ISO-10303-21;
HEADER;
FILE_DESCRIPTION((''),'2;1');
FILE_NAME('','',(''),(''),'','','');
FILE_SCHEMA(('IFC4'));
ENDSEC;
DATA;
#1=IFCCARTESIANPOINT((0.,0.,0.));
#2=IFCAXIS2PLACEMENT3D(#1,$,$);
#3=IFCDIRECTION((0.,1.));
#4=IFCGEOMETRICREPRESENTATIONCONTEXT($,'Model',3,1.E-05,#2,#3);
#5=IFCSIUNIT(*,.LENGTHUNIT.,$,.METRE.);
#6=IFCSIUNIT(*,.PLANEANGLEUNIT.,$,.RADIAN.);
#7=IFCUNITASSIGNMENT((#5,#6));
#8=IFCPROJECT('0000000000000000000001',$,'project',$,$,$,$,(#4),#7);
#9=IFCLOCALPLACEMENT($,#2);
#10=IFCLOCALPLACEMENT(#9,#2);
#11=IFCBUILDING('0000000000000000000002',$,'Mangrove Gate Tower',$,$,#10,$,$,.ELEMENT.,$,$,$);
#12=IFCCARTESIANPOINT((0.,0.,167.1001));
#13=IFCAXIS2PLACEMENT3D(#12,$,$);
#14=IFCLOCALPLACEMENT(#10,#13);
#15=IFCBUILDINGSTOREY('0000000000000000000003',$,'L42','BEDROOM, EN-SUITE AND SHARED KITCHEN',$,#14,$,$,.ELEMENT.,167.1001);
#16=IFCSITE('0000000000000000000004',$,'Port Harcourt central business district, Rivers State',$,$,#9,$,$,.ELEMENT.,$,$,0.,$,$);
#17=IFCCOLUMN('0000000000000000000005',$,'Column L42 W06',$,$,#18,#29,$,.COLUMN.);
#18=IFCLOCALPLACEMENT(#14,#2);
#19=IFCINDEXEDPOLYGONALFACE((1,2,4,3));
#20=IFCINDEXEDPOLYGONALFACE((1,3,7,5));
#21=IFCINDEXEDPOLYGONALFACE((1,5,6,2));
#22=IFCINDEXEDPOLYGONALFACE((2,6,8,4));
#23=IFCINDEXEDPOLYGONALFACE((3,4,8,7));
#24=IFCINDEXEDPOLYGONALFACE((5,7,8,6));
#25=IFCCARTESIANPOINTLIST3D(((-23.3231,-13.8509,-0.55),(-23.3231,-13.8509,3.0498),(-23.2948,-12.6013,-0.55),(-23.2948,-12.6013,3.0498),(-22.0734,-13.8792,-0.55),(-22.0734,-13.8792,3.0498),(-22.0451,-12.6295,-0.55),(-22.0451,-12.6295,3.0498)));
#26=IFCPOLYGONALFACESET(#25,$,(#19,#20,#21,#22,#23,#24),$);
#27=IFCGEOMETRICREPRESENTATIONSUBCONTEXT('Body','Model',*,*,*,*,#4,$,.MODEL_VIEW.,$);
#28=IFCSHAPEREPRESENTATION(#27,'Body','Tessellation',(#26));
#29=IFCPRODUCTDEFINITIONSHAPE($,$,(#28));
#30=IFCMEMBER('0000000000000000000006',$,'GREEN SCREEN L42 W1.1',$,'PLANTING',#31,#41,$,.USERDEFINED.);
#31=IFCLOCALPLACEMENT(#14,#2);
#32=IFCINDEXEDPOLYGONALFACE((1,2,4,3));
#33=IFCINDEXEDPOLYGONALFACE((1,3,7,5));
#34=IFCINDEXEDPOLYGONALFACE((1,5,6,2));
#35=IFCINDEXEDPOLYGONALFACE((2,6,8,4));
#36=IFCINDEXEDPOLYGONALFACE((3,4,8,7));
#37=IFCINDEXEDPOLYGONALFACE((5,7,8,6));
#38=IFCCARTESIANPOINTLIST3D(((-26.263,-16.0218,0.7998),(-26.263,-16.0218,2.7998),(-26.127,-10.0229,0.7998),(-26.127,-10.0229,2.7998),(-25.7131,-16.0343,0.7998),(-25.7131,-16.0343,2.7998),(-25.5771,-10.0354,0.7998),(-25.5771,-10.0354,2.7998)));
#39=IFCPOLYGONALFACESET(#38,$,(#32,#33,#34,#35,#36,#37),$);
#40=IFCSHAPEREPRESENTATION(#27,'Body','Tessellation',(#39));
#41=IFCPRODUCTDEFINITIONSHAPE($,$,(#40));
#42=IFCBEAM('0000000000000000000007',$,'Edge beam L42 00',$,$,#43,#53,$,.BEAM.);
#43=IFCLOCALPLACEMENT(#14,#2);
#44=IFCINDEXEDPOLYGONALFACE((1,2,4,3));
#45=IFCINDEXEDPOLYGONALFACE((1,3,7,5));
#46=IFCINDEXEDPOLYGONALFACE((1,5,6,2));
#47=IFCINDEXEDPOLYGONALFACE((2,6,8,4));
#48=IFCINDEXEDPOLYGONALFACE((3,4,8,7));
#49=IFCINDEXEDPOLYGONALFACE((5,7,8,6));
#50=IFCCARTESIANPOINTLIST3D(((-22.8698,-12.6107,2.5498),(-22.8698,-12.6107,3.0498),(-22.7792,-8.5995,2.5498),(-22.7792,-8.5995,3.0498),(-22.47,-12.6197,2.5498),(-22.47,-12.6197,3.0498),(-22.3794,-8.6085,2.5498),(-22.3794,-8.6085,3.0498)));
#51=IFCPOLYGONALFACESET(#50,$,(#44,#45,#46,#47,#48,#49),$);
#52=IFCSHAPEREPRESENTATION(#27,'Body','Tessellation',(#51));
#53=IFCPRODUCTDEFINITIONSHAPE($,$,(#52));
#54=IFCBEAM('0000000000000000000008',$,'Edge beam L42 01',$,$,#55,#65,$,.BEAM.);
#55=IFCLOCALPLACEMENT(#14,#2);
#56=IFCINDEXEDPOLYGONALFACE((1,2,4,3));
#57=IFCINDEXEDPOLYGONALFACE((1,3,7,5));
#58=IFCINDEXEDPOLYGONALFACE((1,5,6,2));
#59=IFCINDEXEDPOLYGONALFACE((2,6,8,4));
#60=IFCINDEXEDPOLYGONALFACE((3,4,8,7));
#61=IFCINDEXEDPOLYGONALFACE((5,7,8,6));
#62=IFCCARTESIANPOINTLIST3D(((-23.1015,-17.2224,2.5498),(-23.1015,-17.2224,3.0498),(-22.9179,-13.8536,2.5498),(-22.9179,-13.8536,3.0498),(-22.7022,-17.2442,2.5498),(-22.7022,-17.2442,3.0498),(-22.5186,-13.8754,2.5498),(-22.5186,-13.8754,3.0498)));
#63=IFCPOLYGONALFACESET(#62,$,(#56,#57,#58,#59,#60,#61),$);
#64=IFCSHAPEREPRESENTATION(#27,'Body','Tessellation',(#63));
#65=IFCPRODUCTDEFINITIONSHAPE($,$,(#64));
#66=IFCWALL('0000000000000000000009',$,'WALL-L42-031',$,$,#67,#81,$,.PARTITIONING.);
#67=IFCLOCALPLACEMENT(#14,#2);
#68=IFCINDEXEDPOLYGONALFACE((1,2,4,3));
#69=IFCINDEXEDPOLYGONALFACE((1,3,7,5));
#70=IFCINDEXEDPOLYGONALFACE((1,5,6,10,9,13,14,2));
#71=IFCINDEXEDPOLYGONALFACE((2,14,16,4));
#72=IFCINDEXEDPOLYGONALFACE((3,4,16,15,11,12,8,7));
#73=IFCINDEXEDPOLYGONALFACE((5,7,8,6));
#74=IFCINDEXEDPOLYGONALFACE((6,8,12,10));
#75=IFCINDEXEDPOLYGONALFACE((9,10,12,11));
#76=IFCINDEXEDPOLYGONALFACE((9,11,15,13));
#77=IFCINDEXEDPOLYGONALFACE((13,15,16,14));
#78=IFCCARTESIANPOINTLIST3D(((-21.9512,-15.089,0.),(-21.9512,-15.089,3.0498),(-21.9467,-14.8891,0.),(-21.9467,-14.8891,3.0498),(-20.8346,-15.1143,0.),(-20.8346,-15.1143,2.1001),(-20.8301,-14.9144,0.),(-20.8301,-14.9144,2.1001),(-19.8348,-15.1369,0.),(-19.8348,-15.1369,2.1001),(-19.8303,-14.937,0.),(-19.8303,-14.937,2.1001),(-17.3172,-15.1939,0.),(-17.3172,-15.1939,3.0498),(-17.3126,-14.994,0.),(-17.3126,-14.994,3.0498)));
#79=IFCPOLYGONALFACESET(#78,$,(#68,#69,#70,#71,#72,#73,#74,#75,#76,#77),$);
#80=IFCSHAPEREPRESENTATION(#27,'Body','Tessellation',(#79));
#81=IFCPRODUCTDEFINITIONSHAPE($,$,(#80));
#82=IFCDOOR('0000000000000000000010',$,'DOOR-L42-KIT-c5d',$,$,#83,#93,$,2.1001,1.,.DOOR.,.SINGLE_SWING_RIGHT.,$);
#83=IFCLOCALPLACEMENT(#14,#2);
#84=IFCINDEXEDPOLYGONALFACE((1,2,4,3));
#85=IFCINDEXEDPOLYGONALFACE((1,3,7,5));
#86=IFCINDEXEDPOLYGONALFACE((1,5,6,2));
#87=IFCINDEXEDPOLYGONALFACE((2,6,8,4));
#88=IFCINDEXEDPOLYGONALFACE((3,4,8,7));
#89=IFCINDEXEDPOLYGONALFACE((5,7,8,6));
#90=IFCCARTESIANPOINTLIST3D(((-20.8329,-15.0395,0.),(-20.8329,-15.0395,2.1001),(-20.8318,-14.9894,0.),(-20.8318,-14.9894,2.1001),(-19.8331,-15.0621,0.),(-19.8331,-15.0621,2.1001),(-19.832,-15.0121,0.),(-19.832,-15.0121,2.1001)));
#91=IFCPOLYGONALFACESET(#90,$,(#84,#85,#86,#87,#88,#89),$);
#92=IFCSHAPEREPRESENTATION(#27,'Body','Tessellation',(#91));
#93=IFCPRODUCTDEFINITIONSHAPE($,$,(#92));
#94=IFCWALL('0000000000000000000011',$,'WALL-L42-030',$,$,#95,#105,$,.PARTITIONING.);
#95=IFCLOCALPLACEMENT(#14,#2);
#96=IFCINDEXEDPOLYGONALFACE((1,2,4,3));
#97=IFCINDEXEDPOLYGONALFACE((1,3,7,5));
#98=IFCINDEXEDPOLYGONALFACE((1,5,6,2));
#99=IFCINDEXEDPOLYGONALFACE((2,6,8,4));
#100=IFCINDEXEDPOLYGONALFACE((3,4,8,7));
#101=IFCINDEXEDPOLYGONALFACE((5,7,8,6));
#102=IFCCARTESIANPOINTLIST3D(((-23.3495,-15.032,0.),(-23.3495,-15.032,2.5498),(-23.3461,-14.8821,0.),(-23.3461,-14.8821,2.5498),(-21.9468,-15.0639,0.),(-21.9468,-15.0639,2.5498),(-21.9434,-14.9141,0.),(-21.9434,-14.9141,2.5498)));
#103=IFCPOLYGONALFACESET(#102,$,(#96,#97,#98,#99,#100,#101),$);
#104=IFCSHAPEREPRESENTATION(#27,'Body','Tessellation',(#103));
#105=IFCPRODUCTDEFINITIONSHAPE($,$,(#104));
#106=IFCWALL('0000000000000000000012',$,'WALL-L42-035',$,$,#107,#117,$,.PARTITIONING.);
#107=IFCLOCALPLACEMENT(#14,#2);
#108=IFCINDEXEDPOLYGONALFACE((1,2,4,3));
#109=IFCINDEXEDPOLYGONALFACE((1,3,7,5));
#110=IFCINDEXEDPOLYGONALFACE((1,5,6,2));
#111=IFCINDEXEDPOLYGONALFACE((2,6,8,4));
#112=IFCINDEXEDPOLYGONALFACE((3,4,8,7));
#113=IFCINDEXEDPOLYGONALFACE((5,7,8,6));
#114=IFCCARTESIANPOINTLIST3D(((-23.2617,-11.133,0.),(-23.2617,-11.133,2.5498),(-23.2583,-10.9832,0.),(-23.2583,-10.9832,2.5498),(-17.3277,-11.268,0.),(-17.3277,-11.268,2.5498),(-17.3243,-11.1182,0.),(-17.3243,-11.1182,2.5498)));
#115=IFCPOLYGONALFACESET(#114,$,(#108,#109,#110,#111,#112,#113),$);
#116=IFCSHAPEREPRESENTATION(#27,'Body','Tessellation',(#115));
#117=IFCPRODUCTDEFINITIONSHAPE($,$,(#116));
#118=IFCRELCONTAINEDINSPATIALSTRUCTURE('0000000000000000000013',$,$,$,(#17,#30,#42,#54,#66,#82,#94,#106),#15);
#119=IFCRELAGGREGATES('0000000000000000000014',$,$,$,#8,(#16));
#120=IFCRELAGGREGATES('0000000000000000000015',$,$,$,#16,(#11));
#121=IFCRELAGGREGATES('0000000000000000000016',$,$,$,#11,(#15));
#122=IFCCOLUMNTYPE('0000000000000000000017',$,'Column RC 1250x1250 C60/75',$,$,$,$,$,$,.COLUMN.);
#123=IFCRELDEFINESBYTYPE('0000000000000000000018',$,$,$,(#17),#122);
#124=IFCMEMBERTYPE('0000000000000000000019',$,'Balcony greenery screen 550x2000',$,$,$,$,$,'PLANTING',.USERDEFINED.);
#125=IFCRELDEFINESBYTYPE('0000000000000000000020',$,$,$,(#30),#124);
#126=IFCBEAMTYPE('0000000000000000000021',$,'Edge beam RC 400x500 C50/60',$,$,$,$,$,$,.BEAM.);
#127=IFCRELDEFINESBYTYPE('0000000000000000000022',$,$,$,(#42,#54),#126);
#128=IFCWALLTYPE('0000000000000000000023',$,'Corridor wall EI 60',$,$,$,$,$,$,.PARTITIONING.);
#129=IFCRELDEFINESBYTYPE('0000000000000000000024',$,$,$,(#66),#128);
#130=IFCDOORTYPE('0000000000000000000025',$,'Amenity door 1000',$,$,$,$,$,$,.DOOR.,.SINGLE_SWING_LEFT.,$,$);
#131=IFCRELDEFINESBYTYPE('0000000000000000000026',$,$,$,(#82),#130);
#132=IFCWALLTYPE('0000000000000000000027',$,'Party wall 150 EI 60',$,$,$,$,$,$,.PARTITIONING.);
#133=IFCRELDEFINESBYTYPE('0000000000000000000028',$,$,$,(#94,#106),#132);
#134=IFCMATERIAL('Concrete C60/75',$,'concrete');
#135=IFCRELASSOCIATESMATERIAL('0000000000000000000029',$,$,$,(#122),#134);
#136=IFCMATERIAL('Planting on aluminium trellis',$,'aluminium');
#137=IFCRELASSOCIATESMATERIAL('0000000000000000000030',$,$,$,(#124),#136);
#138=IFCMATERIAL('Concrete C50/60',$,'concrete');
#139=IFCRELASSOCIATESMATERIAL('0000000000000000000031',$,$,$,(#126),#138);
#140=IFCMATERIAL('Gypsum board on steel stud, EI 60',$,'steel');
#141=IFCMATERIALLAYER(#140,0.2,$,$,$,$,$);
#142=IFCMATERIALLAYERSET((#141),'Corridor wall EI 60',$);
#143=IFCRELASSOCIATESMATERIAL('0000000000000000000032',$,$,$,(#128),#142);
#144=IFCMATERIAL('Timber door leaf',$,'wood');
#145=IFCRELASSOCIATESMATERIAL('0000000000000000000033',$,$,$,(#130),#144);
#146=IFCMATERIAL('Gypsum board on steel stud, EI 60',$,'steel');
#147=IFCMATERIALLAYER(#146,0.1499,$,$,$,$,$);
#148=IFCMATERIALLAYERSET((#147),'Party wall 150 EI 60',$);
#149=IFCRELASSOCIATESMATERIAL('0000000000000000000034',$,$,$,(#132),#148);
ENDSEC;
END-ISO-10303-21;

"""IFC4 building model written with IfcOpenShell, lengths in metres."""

from ifc_helpers import new_model, si_unit, direction, frame, frame_2d, origin, origin_2d, place, context, subcontext, project, spatial, rectangle, extrude, material, layer, layer_set, material_profile, profile_set, type_object, element, fill, save


model = new_model("IFC4")

# Units and contexts
model_context = context("Model", 3, precision=1e-05, world=origin(), true_north=direction((0.0, 1.0)))
body_context = subcontext(model_context, "Body", "Model", "MODEL_VIEW")
ifc_project = project(units=[si_unit("LENGTHUNIT", "METRE"), si_unit("PLANEANGLEUNIT", "RADIAN")], contexts=[model_context])

# Site, building, storey
site_placement = place(None, origin())
site = spatial("IfcSite", under=ifc_project, at=site_placement, Name="Port Harcourt central business district, Rivers State", CompositionType="ELEMENT", RefElevation=0.0)
building_placement = place(site_placement, origin())
building = spatial("IfcBuilding", under=site, at=building_placement, Name="Mangrove Gate Tower", CompositionType="ELEMENT")
storey_placement = place(building_placement, frame((0.0, 0.0, 167.1001)))
storey = spatial("IfcBuildingStorey", under=building, at=storey_placement, Name="L42", Description="BEDROOM, EN-SUITE AND SHARED KITCHEN", CompositionType="ELEMENT", Elevation=167.1001)

# Column
ifc_material_1 = material(Name="Concrete C60/75", Category="concrete")
ifc_material_profile_1 = material_profile(ifc_material_1, rectangle(XDim=1.25, YDim=1.25, at=origin_2d()))
ifc_profile_set_1 = profile_set([ifc_material_profile_1], Name="Concrete C60/75")
column_type = type_object("IfcColumnType", Name="Column RC 1250x1250 C60/75", PredefinedType="COLUMN", material=ifc_profile_set_1)
column_placement = place(storey_placement, frame((-22.6841, -13.2402, -0.55), z_axis=(0.0, 0.0, 1.0), x_axis=(-0.022613, -0.999744, 0.0)))
element("IfcColumn", 1, at=column_placement, inside=storey, type_object=column_type, Name="Column L42 W06", PredefinedType="COLUMN", context=body_context, shape_type="SweptSolid", body=[
    extrude(rectangle(XDim=1.25, YDim=1.25, at=origin_2d()), origin(), (0.0, 0.0, 1.0), 3.5999),
])

# Member
ifc_material_2 = material(Name="Planting on aluminium trellis", Category="aluminium")
ifc_material_profile_2 = material_profile(ifc_material_2, rectangle(XDim=0.55, YDim=2.0, at=origin_2d()))
ifc_profile_set_2 = profile_set([ifc_material_profile_2], Name="Planting on aluminium trellis")
member_type = type_object("IfcMemberType", Name="Balcony greenery screen 550x2000", ElementType="PLANTING", PredefinedType="USERDEFINED", material=ifc_profile_set_2)
member_placement = place(storey_placement, frame((-25.988, -16.0281, 1.7998), z_axis=(0.022662, 0.999743, 0.0), x_axis=(-0.999743, 0.022662, 0.0)))
element("IfcMember", 2, at=member_placement, inside=storey, type_object=member_type, Name="GREEN SCREEN L42 W1.1", ObjectType="PLANTING", PredefinedType="USERDEFINED", context=body_context, shape_type="SweptSolid", body=[
    extrude(rectangle(XDim=0.55, YDim=2.0, at=origin_2d()), origin(), (0.0, 0.0, 1.0), 6.0005),
])

# Beams
ifc_material_3 = material(Name="Concrete C50/60", Category="concrete")
ifc_material_profile_3 = material_profile(ifc_material_3, rectangle(XDim=0.3999, YDim=0.5, at=origin_2d()))
ifc_profile_set_3 = profile_set([ifc_material_profile_3], Name="Concrete C50/60")
beam_type = type_object("IfcBeamType", Name="Edge beam RC 400x500 C50/60", PredefinedType="BEAM", material=ifc_profile_set_3)
beam_1_placement = place(storey_placement, frame((-22.5793, -8.604, 2.7998), z_axis=(-0.022575, -0.999745, 0.0), x_axis=(0.999745, -0.022575, 0.0)))
element("IfcBeam", 3, at=beam_1_placement, inside=storey, type_object=beam_type, Name="Edge beam L42 00", PredefinedType="BEAM", context=body_context, shape_type="SweptSolid", body=[
    extrude(rectangle(XDim=0.3999, YDim=0.5, at=origin_2d()), origin(), (0.0, 0.0, 1.0), 4.0122),
])
beam_2_placement = place(storey_placement, frame((-22.7183, -13.8645, 2.7998), z_axis=(-0.054416, -0.998518, 0.0), x_axis=(0.998518, -0.054416, 0.0)))
element("IfcBeam", 4, at=beam_2_placement, inside=storey, type_object=beam_type, Name="Edge beam L42 01", PredefinedType="BEAM", context=body_context, shape_type="SweptSolid", body=[
    extrude(rectangle(XDim=0.3999, YDim=0.5, at=origin_2d()), origin(), (0.0, 0.0, 1.0), 3.3738),
])

# Shared definitions
ifc_material_4 = material(Name="Gypsum board on steel stud, EI 60", Category="steel")
ifc_layer_1 = layer(ifc_material_4, 0.2)
ifc_layer_set_1 = layer_set([ifc_layer_1], Name="Corridor wall EI 60")
wall_type_1 = type_object("IfcWallType", Name="Corridor wall EI 60", PredefinedType="PARTITIONING", material=ifc_layer_set_1)
ifc_material_5 = material(Name="Timber door leaf", Category="wood")
door_type_1 = type_object("IfcDoorType", Name="Amenity door 1000", OperationType="SINGLE_SWING_LEFT", PredefinedType="DOOR", material=ifc_material_5)

# Wall, opening, door
wall_1_placement = place(storey_placement, frame((-21.949, -14.989, 0.0), z_axis=(0.0, 0.0, 1.0), x_axis=(0.999743, -0.022648, 0.0)))
wall_1 = element("IfcWall", 5, at=wall_1_placement, inside=storey, type_object=wall_type_1, Name="WALL-L42-031", PredefinedType="PARTITIONING", context=body_context, shape_type="SweptSolid", body=[
    extrude(rectangle(XDim=4.6353, YDim=0.2, at=frame_2d((2.3176, 0.0))), origin(), (0.0, 0.0, 1.0), 3.0498),
])
opening_1_placement = place(wall_1_placement, frame((1.1169, 0.0, 0.0)))
opening_1 = element("IfcOpeningElement", 6, at=opening_1_placement, cuts=wall_1, PredefinedType="OPENING", context=body_context, shape_type="SweptSolid", body=[
    extrude(rectangle(XDim=1.0, YDim=2.1001, at=frame_2d((0.5, 1.05))), frame((0.0, 0.1099, 0.0), z_axis=(0.0, -1.0, 0.0), x_axis=(1.0, 0.0, 0.0)), (0.0, 0.0, 1.0), 0.22),
])
door_1_placement = place(opening_1_placement, origin())
door_1 = element("IfcDoor", 7, at=door_1_placement, inside=storey, type_object=door_type_1, Name="DOOR-L42-KIT-c5d", OperationType="SINGLE_SWING_RIGHT", OverallHeight=2.1001, OverallWidth=1.0, PredefinedType="DOOR", context=body_context, shape_type="SweptSolid", body=[
    extrude(rectangle(XDim=1.0, YDim=2.1001, at=frame_2d((0.5, 1.05))), frame((0.0, 0.0249, 0.0), z_axis=(0.0, -1.0, 0.0), x_axis=(1.0, 0.0, 0.0)), (0.0, 0.0, 1.0), 0.05),
])
fill(opening_1, door_1)

# Walls
ifc_material_6 = material(Name="Gypsum board on steel stud, EI 60", Category="steel")
ifc_layer_2 = layer(ifc_material_6, 0.1499)
ifc_layer_set_2 = layer_set([ifc_layer_2], Name="Party wall 150 EI 60")
wall_type_2 = type_object("IfcWallType", Name="Party wall 150 EI 60", PredefinedType="PARTITIONING", material=ifc_layer_set_2)
wall_2_placement = place(storey_placement, frame((-23.3479, -14.957, 0.0), z_axis=(0.0, 0.0, 1.0), x_axis=(0.99974, -0.022793, 0.0)))
element("IfcWall", 8, at=wall_2_placement, inside=storey, type_object=wall_type_2, Name="WALL-L42-030", PredefinedType="PARTITIONING", context=body_context, shape_type="SweptSolid", body=[
    extrude(rectangle(XDim=1.4031, YDim=0.1499, at=frame_2d((0.7017, 0.0))), origin(), (0.0, 0.0, 1.0), 2.5498),
])
wall_3_placement = place(storey_placement, frame((-23.26, -11.0581, 0.0), z_axis=(0.0, 0.0, 1.0), x_axis=(0.999741, -0.022746, 0.0)))
element("IfcWall", 9, at=wall_3_placement, inside=storey, type_object=wall_type_2, Name="WALL-L42-035", PredefinedType="PARTITIONING", context=body_context, shape_type="SweptSolid", body=[
    extrude(rectangle(XDim=5.9355, YDim=0.1499, at=frame_2d((2.9678, 0.0))), origin(), (0.0, 0.0, 1.0), 2.5498),
])

save(model, "model.ifc")
